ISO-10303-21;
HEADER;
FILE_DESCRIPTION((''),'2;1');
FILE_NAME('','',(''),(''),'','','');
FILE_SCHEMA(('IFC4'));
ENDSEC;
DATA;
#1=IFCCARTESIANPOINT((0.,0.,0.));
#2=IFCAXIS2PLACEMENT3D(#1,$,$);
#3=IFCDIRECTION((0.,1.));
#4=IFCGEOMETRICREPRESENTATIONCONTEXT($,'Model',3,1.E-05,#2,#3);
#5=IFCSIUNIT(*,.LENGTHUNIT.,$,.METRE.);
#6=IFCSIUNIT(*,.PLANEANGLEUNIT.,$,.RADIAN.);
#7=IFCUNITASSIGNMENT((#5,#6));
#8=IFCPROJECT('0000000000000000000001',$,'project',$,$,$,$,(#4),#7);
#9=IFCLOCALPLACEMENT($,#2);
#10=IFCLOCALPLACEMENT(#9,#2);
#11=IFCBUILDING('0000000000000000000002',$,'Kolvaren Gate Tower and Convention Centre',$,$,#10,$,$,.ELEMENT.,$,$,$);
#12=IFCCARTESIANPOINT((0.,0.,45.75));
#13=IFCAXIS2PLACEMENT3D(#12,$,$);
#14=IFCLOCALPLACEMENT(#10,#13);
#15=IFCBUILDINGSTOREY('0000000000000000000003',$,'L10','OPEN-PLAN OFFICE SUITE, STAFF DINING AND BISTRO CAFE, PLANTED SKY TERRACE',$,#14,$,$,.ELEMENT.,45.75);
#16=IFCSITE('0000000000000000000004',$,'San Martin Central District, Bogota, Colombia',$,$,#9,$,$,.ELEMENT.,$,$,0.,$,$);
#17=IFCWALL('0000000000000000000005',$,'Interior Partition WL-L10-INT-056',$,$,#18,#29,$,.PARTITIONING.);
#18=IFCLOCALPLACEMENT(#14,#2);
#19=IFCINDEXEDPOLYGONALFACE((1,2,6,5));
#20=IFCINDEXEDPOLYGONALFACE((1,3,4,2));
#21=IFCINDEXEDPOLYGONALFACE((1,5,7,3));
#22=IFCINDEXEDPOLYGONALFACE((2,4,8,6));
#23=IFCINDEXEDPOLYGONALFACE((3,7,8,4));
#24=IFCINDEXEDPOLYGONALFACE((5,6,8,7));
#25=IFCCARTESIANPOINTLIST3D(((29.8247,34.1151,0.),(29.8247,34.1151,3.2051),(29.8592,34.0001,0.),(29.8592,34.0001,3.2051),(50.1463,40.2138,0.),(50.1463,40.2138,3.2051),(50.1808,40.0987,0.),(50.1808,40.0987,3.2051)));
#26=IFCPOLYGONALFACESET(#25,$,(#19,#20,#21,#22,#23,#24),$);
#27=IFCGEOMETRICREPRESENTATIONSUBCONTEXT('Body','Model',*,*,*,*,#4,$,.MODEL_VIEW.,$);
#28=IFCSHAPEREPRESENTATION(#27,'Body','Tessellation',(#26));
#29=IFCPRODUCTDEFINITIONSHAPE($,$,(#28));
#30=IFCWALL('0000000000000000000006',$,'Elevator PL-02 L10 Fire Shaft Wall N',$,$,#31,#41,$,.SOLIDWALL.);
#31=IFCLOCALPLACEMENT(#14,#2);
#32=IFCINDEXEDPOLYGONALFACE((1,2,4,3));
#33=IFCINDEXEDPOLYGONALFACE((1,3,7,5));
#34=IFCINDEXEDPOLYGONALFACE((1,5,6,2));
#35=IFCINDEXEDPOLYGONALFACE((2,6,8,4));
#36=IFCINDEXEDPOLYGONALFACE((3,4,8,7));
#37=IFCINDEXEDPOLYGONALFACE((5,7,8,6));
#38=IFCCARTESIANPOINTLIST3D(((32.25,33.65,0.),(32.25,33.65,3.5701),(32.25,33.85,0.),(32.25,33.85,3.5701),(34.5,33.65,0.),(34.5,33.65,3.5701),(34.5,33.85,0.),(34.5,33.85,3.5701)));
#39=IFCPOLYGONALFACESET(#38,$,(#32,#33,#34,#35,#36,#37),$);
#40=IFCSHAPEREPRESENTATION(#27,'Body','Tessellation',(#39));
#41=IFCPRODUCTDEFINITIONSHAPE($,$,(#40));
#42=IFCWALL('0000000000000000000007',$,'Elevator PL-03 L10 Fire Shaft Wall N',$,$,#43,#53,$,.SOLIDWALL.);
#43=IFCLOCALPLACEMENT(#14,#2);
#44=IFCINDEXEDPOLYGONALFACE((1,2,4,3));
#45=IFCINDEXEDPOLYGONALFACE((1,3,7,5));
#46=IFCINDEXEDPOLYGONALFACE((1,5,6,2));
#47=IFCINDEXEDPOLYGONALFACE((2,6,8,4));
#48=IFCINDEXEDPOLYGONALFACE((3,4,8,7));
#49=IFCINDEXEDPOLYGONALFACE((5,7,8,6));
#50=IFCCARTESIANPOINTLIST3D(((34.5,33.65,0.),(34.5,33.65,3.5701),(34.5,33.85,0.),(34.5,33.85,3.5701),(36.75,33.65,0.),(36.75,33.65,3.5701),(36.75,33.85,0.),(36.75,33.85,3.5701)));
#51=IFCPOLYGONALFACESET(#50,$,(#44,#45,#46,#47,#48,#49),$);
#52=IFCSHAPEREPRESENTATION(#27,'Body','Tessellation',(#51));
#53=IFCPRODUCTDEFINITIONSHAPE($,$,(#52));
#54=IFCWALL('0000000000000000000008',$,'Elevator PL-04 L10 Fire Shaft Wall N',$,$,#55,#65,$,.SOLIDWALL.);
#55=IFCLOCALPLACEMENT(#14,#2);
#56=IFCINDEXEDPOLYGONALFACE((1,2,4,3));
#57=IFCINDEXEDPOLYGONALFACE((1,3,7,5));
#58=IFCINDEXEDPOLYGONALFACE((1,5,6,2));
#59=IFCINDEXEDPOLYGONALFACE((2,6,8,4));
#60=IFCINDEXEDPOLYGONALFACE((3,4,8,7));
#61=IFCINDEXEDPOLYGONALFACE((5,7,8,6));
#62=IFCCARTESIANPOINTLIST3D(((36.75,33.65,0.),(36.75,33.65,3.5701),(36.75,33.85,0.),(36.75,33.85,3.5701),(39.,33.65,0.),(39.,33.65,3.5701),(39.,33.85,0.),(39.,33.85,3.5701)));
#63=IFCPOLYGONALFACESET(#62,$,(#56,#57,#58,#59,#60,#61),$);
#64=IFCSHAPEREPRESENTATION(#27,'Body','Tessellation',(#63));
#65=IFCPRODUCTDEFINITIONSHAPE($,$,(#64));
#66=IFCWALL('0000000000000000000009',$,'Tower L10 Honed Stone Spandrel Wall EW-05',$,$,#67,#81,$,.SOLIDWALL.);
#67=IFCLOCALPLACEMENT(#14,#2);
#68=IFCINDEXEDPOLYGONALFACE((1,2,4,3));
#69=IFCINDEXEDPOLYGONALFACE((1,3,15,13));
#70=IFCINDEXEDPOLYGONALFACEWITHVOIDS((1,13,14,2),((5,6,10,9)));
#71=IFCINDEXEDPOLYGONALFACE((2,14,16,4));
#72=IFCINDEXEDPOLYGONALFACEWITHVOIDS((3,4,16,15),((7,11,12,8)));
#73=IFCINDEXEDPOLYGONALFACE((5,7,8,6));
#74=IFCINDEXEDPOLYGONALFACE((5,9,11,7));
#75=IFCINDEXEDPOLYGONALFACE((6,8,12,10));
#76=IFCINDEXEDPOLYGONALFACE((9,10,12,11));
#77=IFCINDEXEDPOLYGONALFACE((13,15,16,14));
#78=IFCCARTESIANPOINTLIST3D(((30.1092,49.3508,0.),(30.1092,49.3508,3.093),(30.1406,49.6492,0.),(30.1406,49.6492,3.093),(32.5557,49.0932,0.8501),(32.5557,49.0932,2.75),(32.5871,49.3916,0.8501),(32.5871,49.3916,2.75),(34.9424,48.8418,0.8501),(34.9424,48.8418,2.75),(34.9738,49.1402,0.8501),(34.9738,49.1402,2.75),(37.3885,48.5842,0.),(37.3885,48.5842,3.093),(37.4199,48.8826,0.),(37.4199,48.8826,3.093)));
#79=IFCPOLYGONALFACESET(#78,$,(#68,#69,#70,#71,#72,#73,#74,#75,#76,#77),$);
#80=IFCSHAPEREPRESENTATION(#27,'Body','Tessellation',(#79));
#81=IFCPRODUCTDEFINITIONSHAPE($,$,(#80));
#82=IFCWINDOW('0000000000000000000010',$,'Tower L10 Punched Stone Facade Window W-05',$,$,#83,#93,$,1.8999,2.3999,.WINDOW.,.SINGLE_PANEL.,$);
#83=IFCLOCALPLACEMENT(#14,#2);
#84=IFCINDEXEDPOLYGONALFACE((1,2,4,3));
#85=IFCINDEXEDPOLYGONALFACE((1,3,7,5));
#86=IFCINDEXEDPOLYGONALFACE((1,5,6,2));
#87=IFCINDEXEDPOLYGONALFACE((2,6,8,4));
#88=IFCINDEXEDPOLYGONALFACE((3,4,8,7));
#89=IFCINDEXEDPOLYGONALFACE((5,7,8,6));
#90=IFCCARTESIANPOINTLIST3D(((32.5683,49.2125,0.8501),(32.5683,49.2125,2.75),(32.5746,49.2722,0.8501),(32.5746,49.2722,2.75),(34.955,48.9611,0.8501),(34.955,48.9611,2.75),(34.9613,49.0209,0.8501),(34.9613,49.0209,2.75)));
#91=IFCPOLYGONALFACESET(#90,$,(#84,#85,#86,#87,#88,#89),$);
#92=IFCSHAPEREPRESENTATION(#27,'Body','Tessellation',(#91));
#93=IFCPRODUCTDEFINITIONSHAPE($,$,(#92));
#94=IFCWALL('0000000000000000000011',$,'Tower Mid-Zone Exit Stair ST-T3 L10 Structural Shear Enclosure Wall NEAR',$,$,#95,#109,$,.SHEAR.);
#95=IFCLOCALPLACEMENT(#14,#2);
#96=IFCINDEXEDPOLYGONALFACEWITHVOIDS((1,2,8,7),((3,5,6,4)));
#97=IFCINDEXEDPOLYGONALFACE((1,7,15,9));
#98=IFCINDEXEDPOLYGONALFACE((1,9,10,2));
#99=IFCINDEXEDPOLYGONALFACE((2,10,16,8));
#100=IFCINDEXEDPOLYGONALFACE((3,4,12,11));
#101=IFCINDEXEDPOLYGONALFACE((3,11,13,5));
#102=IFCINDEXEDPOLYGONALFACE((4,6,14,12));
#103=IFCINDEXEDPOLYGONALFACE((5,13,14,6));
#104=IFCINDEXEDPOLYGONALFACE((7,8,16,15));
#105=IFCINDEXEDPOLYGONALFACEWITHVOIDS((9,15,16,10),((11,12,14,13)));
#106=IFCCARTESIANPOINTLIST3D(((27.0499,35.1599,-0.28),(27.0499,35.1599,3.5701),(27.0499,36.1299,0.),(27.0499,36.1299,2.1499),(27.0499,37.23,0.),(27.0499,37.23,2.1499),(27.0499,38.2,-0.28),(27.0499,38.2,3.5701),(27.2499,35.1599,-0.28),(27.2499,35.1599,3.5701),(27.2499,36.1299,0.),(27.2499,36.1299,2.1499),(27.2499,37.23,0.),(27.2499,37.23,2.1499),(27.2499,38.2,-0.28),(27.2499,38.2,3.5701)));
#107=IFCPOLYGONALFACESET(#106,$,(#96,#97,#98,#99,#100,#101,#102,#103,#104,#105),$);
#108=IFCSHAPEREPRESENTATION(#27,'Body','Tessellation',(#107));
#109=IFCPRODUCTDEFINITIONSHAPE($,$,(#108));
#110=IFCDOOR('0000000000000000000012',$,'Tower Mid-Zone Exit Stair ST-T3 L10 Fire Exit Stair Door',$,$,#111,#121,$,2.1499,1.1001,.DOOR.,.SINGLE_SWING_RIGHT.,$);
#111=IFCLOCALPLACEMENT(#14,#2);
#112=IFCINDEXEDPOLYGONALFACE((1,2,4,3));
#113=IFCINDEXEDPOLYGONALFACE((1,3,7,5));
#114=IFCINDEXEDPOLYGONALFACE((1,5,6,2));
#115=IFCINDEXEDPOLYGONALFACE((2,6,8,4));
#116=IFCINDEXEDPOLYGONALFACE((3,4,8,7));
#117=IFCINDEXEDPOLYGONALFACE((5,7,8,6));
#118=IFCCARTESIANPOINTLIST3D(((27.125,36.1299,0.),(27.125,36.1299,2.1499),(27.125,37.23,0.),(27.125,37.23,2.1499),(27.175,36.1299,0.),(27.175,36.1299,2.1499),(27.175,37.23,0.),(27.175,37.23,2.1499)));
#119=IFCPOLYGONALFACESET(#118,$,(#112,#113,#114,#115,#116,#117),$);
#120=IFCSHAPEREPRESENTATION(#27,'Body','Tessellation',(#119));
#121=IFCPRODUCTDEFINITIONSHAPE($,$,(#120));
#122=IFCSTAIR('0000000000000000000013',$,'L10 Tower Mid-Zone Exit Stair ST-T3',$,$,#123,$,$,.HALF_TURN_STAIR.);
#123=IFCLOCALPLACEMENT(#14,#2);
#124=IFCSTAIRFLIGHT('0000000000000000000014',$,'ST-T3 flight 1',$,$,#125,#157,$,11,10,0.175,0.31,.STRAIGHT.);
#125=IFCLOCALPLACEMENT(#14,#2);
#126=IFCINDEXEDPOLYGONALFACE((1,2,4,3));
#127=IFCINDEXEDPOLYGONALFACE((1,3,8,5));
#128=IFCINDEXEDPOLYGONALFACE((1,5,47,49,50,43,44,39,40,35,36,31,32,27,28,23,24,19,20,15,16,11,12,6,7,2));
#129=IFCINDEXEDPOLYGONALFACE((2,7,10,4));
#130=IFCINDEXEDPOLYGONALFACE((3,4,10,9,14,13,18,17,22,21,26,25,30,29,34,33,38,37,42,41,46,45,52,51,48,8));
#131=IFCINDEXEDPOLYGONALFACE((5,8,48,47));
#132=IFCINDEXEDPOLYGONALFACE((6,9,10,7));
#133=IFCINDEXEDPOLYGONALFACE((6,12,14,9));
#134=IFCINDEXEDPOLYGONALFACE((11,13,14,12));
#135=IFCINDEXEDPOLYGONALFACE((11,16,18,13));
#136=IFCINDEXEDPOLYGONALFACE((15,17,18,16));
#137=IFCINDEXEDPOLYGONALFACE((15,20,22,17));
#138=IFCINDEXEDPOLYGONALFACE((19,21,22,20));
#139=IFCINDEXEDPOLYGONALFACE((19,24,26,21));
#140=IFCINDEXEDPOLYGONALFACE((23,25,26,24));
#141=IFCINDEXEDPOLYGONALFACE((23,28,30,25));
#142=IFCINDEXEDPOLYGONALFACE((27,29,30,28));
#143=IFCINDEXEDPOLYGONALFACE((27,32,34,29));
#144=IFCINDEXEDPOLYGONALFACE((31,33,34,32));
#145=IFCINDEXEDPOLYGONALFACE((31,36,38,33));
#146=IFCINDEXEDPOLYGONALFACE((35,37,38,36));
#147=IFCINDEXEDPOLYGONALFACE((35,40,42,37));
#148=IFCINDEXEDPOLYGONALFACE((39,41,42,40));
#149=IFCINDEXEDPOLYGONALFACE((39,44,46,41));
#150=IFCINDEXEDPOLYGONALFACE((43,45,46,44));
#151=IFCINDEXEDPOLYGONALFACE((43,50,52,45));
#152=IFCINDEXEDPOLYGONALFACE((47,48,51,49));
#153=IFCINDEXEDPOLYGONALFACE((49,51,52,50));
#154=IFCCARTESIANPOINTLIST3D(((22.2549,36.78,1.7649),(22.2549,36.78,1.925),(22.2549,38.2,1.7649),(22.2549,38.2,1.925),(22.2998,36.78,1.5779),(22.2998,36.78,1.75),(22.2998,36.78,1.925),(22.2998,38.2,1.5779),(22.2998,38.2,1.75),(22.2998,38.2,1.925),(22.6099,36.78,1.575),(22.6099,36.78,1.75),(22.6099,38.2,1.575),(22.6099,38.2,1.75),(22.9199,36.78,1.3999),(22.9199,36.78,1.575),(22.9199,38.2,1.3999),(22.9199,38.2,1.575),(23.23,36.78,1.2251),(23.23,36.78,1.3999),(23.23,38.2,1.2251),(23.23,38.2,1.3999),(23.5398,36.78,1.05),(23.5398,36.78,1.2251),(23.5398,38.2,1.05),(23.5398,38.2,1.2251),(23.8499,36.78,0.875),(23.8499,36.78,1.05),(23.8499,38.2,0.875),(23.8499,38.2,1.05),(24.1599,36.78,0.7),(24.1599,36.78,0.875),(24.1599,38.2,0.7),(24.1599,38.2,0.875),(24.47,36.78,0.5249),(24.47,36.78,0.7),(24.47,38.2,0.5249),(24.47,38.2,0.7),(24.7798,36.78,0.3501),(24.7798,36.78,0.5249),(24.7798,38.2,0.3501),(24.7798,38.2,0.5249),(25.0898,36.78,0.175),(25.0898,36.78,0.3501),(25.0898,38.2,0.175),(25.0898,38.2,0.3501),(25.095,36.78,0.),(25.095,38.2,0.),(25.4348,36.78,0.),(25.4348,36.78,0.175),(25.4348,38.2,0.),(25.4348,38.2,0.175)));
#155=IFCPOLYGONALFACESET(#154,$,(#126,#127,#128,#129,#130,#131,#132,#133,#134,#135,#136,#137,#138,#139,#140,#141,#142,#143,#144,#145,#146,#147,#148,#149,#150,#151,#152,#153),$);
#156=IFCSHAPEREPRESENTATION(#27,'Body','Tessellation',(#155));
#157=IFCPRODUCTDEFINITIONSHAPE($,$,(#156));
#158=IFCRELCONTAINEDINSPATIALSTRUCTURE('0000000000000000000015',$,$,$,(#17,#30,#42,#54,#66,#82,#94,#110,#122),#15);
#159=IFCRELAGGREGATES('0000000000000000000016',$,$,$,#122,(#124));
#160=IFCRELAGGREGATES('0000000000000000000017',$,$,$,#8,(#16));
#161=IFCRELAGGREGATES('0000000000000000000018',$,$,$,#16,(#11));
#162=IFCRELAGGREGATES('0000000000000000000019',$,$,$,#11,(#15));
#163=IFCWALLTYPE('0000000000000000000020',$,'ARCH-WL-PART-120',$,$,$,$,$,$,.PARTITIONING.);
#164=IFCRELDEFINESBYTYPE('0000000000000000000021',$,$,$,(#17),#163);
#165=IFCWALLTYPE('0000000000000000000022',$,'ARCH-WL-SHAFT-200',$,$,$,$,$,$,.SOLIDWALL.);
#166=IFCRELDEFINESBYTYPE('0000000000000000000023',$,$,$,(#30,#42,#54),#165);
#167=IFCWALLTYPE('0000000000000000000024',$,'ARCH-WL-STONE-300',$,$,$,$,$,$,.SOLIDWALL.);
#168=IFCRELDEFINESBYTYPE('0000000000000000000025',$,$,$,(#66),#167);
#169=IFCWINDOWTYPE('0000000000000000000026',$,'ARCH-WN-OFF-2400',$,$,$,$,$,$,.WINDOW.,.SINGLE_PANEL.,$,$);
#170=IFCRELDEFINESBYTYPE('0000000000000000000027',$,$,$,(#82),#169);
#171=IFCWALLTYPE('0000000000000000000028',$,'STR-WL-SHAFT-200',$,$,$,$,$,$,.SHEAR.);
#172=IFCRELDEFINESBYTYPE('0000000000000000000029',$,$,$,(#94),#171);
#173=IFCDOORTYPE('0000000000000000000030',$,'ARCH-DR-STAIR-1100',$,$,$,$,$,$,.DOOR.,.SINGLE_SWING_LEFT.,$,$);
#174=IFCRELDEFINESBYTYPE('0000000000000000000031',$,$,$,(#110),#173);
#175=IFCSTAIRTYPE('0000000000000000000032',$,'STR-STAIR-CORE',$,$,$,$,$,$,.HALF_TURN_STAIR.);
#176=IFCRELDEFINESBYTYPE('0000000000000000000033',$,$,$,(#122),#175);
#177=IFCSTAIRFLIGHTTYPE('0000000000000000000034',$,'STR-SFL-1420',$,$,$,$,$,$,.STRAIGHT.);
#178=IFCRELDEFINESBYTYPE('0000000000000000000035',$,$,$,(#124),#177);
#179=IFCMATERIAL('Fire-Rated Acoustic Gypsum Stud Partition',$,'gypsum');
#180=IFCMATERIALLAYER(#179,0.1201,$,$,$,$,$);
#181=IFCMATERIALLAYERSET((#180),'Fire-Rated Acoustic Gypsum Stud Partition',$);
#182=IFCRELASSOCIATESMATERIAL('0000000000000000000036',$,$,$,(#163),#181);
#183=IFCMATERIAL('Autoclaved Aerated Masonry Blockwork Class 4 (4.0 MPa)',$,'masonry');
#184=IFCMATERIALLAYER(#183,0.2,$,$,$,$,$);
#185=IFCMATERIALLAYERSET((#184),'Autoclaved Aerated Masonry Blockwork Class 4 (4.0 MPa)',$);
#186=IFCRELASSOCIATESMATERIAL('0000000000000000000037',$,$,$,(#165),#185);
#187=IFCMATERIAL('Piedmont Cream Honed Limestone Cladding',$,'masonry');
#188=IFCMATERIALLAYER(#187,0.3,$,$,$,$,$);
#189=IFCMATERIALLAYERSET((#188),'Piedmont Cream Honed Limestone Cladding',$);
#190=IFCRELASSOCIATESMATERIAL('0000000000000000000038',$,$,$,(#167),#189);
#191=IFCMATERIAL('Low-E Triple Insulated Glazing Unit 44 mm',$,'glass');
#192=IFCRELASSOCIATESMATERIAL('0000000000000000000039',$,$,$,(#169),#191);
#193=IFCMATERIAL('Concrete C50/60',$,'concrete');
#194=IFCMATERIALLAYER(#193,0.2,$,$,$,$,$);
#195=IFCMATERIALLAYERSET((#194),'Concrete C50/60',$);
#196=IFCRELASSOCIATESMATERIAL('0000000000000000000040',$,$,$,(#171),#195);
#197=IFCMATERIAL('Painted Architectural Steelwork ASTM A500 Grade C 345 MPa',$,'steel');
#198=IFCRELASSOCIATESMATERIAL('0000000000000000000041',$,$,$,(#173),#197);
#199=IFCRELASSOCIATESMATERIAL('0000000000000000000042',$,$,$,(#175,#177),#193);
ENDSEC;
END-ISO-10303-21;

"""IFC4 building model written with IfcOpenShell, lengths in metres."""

from ifc_helpers import new_model, si_unit, direction, frame, frame_2d, origin, place, context, subcontext, project, spatial, polyline, rectangle, outline, extrude, material, layer, layer_set, type_object, element, fill, aggregate, save


model = new_model("IFC4")

# Units and contexts
model_context = context("Model", 3, precision=1e-05, world=origin(), true_north=direction((0.0, 1.0)))
body_context = subcontext(model_context, "Body", "Model", "MODEL_VIEW")
ifc_project = project(units=[si_unit("LENGTHUNIT", "METRE"), si_unit("PLANEANGLEUNIT", "RADIAN")], contexts=[model_context])

# Site, building, storey
site_placement = place(None, origin())
site = spatial("IfcSite", under=ifc_project, at=site_placement, Name="San Martin Central District, Bogota, Colombia", CompositionType="ELEMENT", RefElevation=0.0)
building_placement = place(site_placement, origin())
building = spatial("IfcBuilding", under=site, at=building_placement, Name="Kolvaren Gate Tower and Convention Centre", CompositionType="ELEMENT")
storey_placement = place(building_placement, frame((0.0, 0.0, 45.75)))
storey = spatial("IfcBuildingStorey", under=building, at=storey_placement, Name="L10", Description="OPEN-PLAN OFFICE SUITE, STAFF DINING AND BISTRO CAFE, PLANTED SKY TERRACE", CompositionType="ELEMENT", Elevation=45.75)

# Walls
ifc_material_1 = material(Name="Fire-Rated Acoustic Gypsum Stud Partition", Category="gypsum")
ifc_layer_1 = layer(ifc_material_1, 0.1201)
ifc_layer_set_1 = layer_set([ifc_layer_1], Name="Fire-Rated Acoustic Gypsum Stud Partition")
wall_type_1 = type_object("IfcWallType", Name="ARCH-WL-PART-120", PredefinedType="PARTITIONING", material=ifc_layer_set_1)
wall_1_placement = place(storey_placement, frame((29.842, 34.0576, 0.0), z_axis=(0.0, 0.0, 1.0), x_axis=(0.957798, 0.287442, 0.0)))
element("IfcWall", 1, at=wall_1_placement, inside=storey, type_object=wall_type_1, Name="Interior Partition WL-L10-INT-056", PredefinedType="PARTITIONING", context=body_context, shape_type="SweptSolid", body=[
    extrude(rectangle(XDim=21.217, YDim=0.1201, at=frame_2d((10.6084, 0.0))), origin(), (0.0, 0.0, 1.0), 3.2051),
])
ifc_material_2 = material(Name="Autoclaved Aerated Masonry Blockwork Class 4 (4.0 MPa)", Category="masonry")
ifc_layer_2 = layer(ifc_material_2, 0.2)
ifc_layer_set_2 = layer_set([ifc_layer_2], Name="Autoclaved Aerated Masonry Blockwork Class 4 (4.0 MPa)")
wall_type_2 = type_object("IfcWallType", Name="ARCH-WL-SHAFT-200", PredefinedType="SOLIDWALL", material=ifc_layer_set_2)
for number, where, z_axis, x_axis, name in (
    (2, (32.25, 33.75, 0.0), (0.0, 0.0, 1.0), (1.0, 0.0, 0.0), "Elevator PL-02 L10 Fire Shaft Wall N"),
    (3, (34.5, 33.75, 0.0), (0.0, 0.0, 1.0), (1.0, 0.0, 0.0), "Elevator PL-03 L10 Fire Shaft Wall N"),
    (4, (36.75, 33.75, 0.0), (0.0, 0.0, 1.0), (1.0, 0.0, 0.0), "Elevator PL-04 L10 Fire Shaft Wall N"),
):
    element("IfcWall", number, at=place(storey_placement, frame(where, z_axis=z_axis, x_axis=x_axis)), inside=storey, type_object=wall_type_2, Name=name, PredefinedType="SOLIDWALL", context=body_context, shape_type="SweptSolid", body=[
        extrude(rectangle(XDim=2.25, YDim=0.2, at=frame_2d((1.125, 0.0))), origin(), (0.0, 0.0, 1.0), 3.5701),
    ])

# Wall, opening, window
ifc_material_3 = material(Name="Piedmont Cream Honed Limestone Cladding", Category="masonry")
ifc_layer_3 = layer(ifc_material_3, 0.3)
ifc_layer_set_3 = layer_set([ifc_layer_3], Name="Piedmont Cream Honed Limestone Cladding")
wall_type_3 = type_object("IfcWallType", Name="ARCH-WL-STONE-300", PredefinedType="SOLIDWALL", material=ifc_layer_set_3)
wall_2_placement = place(storey_placement, frame((30.125, 49.5, 0.0), z_axis=(0.0, 0.0, 1.0), x_axis=(0.9945, -0.104733, 0.0)))
wall_2 = element("IfcWall", 5, at=wall_2_placement, inside=storey, type_object=wall_type_3, Name="Tower L10 Honed Stone Spandrel Wall EW-05", PredefinedType="SOLIDWALL", context=body_context, shape_type="SweptSolid", body=[
    extrude(rectangle(XDim=7.3196, YDim=0.3, at=frame_2d((3.6597, 0.0))), origin(), (0.0, 0.0, 1.0), 3.093),
])
opening_1_placement = place(wall_2_placement, frame((2.46, 0.0, 0.8501)))
opening_1 = element("IfcOpeningElement", 6, at=opening_1_placement, cuts=wall_2, PredefinedType="OPENING", context=body_context, shape_type="SweptSolid", body=[
    extrude(rectangle(XDim=2.3999, YDim=1.8999, at=frame_2d((1.2, 0.95))), frame((0.0, 0.1599, 0.0), z_axis=(0.0, -1.0, 0.0), x_axis=(1.0, 0.0, 0.0)), (0.0, 0.0, 1.0), 0.3201),
])
ifc_material_4 = material(Name="Low-E Triple Insulated Glazing Unit 44 mm", Category="glass")
window_type = type_object("IfcWindowType", Name="ARCH-WN-OFF-2400", PartitioningType="SINGLE_PANEL", PredefinedType="WINDOW", material=ifc_material_4)
window_placement = place(opening_1_placement, origin())
window = element("IfcWindow", 7, at=window_placement, inside=storey, type_object=window_type, Name="Tower L10 Punched Stone Facade Window W-05", OverallHeight=1.8999, OverallWidth=2.3999, PartitioningType="SINGLE_PANEL", PredefinedType="WINDOW", context=body_context, shape_type="SweptSolid", body=[
    extrude(rectangle(XDim=2.3999, YDim=1.8999, at=frame_2d((1.2, 0.95))), frame((0.0, 0.03, 0.0), z_axis=(0.0, -1.0, 0.0), x_axis=(1.0, 0.0, 0.0)), (0.0, 0.0, 1.0), 0.0601),
])
fill(opening_1, window)

# Wall, opening, door
ifc_material_5 = material(Name="Concrete C50/60", Category="concrete")
ifc_layer_4 = layer(ifc_material_5, 0.2)
ifc_layer_set_4 = layer_set([ifc_layer_4], Name="Concrete C50/60")
wall_type_4 = type_object("IfcWallType", Name="STR-WL-SHAFT-200", PredefinedType="SHEAR", material=ifc_layer_set_4)
wall_3_placement = place(storey_placement, frame((27.1499, 35.1599, -0.28), z_axis=(0.0, 0.0, 1.0), x_axis=(0.0, 1.0, 0.0)))
wall_3 = element("IfcWall", 8, at=wall_3_placement, inside=storey, type_object=wall_type_4, Name="Tower Mid-Zone Exit Stair ST-T3 L10 Structural Shear Enclosure Wall NEAR", PredefinedType="SHEAR", context=body_context, shape_type="SweptSolid", body=[
    extrude(rectangle(XDim=3.04, YDim=0.2, at=frame_2d((1.52, 0.0))), origin(), (0.0, 0.0, 1.0), 3.8501),
])
opening_2_placement = place(wall_3_placement, frame((0.97, 0.0, 0.28)))
opening_2 = element("IfcOpeningElement", 9, at=opening_2_placement, cuts=wall_3, PredefinedType="OPENING", context=body_context, shape_type="SweptSolid", body=[
    extrude(rectangle(XDim=1.1001, YDim=2.1499, at=frame_2d((0.55, 1.075))), frame((0.0, 0.1099, 0.0), z_axis=(0.0, -1.0, 0.0), x_axis=(1.0, 0.0, 0.0)), (0.0, 0.0, 1.0), 0.22),
])
ifc_material_6 = material(Name="Painted Architectural Steelwork ASTM A500 Grade C 345 MPa", Category="steel")
door_type = type_object("IfcDoorType", Name="ARCH-DR-STAIR-1100", OperationType="SINGLE_SWING_LEFT", PredefinedType="DOOR", material=ifc_material_6)
door_placement = place(opening_2_placement, origin())
door = element("IfcDoor", 10, at=door_placement, inside=storey, type_object=door_type, Name="Tower Mid-Zone Exit Stair ST-T3 L10 Fire Exit Stair Door", OperationType="SINGLE_SWING_RIGHT", OverallHeight=2.1499, OverallWidth=1.1001, PredefinedType="DOOR", context=body_context, shape_type="SweptSolid", body=[
    extrude(rectangle(XDim=1.1001, YDim=2.1499, at=frame_2d((0.55, 1.075))), frame((0.0, 0.0249, 0.0), z_axis=(0.0, -1.0, 0.0), x_axis=(1.0, 0.0, 0.0)), (0.0, 0.0, 1.0), 0.05),
])
fill(opening_2, door)

# Stair, stair flight
stair_type = type_object("IfcStairType", Name="STR-STAIR-CORE", PredefinedType="HALF_TURN_STAIR", material=ifc_material_5)
stair_placement = place(storey_placement, origin())
stair = element("IfcStair", 11, at=stair_placement, inside=storey, type_object=stair_type, Name="L10 Tower Mid-Zone Exit Stair ST-T3", PredefinedType="HALF_TURN_STAIR")
stair_flight_type = type_object("IfcStairFlightType", Name="STR-SFL-1420", PredefinedType="STRAIGHT", material=ifc_material_5)
stair_flight_placement = place(storey_placement, frame((25.3999, 37.49, 0.0), z_axis=(0.0, 0.0, 1.0), x_axis=(-1.0, 0.0, 0.0)))
stair_flight = element("IfcStairFlight", 12, at=stair_flight_placement, type_object=stair_flight_type, Name="ST-T3 flight 1", NumberOfRisers=11, NumberOfTreads=10, PredefinedType="STRAIGHT", RiserHeight=0.175, TreadLength=0.31, context=body_context, shape_type="SweptSolid", body=[
    extrude(outline(polyline([(-0.0349, 0.0), (-0.0349, 0.175), (0.3101, 0.175), (0.3101, 0.3501), (0.6201, 0.3501), (0.6201, 0.5249), (0.9299, 0.5249), (0.9299, 0.7), (1.24, 0.7), (1.24, 0.875), (1.55, 0.875), (1.55, 1.05), (1.8601, 1.05), (1.8601, 1.2251), (2.1699, 1.2251), (2.1699, 1.3999), (2.48, 1.3999), (2.48, 1.575), (2.79, 1.575), (2.79, 1.75), (3.1001, 1.75), (3.1001, 1.925), (3.145, 1.925), (3.145, 1.7649), (3.1001, 1.5779), (0.3049, 0.0), (-0.0349, 0.0)])), frame((0.0, 0.71, 0.0), z_axis=(0.0, -1.0, 0.0), x_axis=(1.0, 0.0, 0.0)), (0.0, 0.0, 1.0), 1.4199),
])
aggregate(stair, [stair_flight])

save(model, "model.ifc")
